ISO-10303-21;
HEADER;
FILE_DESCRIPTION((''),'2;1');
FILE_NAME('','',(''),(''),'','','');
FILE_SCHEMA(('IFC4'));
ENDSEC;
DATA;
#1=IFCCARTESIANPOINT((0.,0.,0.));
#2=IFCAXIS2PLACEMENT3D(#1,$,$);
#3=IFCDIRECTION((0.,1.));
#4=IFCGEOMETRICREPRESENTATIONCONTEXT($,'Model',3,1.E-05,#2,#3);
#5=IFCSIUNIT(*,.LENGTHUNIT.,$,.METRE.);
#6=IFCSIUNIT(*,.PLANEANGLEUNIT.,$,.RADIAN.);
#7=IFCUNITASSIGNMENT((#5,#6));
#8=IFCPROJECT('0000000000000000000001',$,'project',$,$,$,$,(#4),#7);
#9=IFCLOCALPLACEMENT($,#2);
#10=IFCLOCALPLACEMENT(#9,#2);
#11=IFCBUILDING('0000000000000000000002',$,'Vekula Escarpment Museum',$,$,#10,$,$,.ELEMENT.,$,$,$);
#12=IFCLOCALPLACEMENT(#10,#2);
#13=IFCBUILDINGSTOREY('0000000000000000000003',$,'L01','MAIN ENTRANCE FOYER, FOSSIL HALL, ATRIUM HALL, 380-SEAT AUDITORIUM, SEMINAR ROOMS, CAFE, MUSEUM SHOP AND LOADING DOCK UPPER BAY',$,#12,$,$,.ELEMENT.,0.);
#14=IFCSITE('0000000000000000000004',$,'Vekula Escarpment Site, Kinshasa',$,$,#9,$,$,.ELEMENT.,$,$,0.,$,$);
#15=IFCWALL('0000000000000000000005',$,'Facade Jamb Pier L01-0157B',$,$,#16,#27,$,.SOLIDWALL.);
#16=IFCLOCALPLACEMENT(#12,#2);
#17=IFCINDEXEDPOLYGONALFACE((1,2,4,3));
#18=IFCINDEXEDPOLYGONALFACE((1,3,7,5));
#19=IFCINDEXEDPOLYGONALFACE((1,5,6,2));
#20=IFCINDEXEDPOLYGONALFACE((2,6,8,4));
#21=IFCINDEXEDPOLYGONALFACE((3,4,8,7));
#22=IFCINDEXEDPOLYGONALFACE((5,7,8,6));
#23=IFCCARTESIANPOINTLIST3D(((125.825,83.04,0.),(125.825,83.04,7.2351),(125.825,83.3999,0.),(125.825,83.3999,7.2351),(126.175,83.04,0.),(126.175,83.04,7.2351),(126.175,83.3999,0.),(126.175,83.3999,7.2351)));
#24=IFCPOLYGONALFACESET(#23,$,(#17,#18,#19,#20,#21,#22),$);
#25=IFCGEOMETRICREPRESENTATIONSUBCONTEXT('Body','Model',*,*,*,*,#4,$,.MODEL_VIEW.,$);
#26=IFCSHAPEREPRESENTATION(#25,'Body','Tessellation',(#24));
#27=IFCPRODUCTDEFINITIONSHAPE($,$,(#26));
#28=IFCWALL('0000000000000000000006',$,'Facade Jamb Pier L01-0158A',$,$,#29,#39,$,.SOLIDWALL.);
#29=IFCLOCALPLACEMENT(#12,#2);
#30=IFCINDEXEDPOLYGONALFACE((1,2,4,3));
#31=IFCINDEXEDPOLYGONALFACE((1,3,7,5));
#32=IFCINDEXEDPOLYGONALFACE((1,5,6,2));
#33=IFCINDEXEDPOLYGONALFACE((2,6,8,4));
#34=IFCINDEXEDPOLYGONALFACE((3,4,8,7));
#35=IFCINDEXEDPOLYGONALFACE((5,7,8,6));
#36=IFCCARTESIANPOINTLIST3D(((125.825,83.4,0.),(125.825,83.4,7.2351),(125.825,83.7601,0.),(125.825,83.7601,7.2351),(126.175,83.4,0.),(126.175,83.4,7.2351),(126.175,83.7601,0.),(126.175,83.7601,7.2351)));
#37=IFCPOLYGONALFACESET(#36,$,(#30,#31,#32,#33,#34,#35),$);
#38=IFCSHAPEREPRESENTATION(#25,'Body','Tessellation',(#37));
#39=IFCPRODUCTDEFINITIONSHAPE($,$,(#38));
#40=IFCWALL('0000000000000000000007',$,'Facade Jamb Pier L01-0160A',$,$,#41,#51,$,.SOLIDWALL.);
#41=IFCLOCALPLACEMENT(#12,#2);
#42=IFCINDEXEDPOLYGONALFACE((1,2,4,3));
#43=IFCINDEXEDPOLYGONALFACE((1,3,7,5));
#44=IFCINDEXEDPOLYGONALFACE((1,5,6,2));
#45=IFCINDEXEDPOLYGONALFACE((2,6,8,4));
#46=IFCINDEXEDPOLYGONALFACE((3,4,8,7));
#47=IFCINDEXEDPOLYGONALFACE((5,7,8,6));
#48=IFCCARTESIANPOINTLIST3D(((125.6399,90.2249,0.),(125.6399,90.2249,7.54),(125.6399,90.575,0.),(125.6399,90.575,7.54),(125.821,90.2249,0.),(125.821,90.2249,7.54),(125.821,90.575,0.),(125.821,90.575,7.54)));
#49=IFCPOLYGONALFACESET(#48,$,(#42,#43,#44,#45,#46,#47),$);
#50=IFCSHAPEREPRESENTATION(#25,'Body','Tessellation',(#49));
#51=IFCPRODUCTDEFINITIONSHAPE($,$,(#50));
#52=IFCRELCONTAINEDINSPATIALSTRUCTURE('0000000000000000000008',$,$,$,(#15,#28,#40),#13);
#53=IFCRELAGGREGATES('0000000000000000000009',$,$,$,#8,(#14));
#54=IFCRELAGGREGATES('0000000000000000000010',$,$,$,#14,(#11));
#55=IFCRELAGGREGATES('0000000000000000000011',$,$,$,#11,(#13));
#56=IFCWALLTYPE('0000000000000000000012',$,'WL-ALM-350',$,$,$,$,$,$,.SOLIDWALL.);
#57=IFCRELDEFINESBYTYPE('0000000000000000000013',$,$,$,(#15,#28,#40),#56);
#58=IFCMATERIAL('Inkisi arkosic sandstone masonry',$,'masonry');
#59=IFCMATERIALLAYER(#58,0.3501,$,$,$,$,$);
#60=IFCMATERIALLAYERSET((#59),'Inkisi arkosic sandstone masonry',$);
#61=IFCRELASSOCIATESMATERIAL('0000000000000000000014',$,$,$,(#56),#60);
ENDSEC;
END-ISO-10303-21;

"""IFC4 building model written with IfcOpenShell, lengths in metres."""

from ifc_helpers import new_model, si_unit, direction, frame, frame_2d, origin, place, context, subcontext, project, spatial, rectangle, extrude, material, layer, layer_set, type_object, element, save


model = new_model("IFC4")

# Units and contexts
model_context = context("Model", 3, precision=1e-05, world=origin(), true_north=direction((0.0, 1.0)))
body_context = subcontext(model_context, "Body", "Model", "MODEL_VIEW")
ifc_project = project(units=[si_unit("LENGTHUNIT", "METRE"), si_unit("PLANEANGLEUNIT", "RADIAN")], contexts=[model_context])

# Site, building, storey
site_placement = place(None, origin())
site = spatial("IfcSite", under=ifc_project, at=site_placement, Name="Vekula Escarpment Site, Kinshasa", CompositionType="ELEMENT", RefElevation=0.0)
building_placement = place(site_placement, origin())
building = spatial("IfcBuilding", under=site, at=building_placement, Name="Vekula Escarpment Museum", CompositionType="ELEMENT")
storey_placement = place(building_placement, origin())
storey = spatial("IfcBuildingStorey", under=building, at=storey_placement, Name="L01", Description="MAIN ENTRANCE FOYER, FOSSIL HALL, ATRIUM HALL, 380-SEAT AUDITORIUM, SEMINAR ROOMS, CAFE, MUSEUM SHOP AND LOADING DOCK UPPER BAY", CompositionType="ELEMENT", Elevation=0.0)

# Walls
ifc_material_1 = material(Name="Inkisi arkosic sandstone masonry", Category="masonry")
ifc_layer_1 = layer(ifc_material_1, 0.3501)
ifc_layer_set_1 = layer_set([ifc_layer_1], Name="Inkisi arkosic sandstone masonry")
wall_type = type_object("IfcWallType", Name="WL-ALM-350", PredefinedType="SOLIDWALL", material=ifc_layer_set_1)
wall_1_placement = place(storey_placement, frame((126.0, 83.04, 0.0), z_axis=(0.0, 0.0, 1.0), x_axis=(0.0, 1.0, 0.0)))
element("IfcWall", 1, at=wall_1_placement, inside=storey, type_object=wall_type, Name="Facade Jamb Pier L01-0157B", PredefinedType="SOLIDWALL", context=body_context, shape_type="SweptSolid", body=[
    extrude(rectangle(XDim=0.3599, YDim=0.3501, at=frame_2d((0.1799, 0.0))), origin(), (0.0, 0.0, 1.0), 7.2351),
])
wall_2_placement = place(storey_placement, frame((126.0, 83.3999, 0.0), z_axis=(0.0, 0.0, 1.0), x_axis=(0.0, 1.0, 0.0)))
element("IfcWall", 2, at=wall_2_placement, inside=storey, type_object=wall_type, Name="Facade Jamb Pier L01-0158A", PredefinedType="SOLIDWALL", context=body_context, shape_type="SweptSolid", body=[
    extrude(rectangle(XDim=0.3601, YDim=0.3501, at=frame_2d((0.1802, 0.0))), origin(), (0.0, 0.0, 1.0), 7.2351),
])
wall_3_placement = place(storey_placement, frame((125.821, 90.3999, 0.0), z_axis=(0.0, 0.0, 1.0), x_axis=(-1.0, 0.0, 0.0)))
element("IfcWall", 3, at=wall_3_placement, inside=storey, type_object=wall_type, Name="Facade Jamb Pier L01-0160A", PredefinedType="SOLIDWALL", context=body_context, shape_type="SweptSolid", body=[
    extrude(rectangle(XDim=0.1812, YDim=0.3501, at=frame_2d((0.0906, 0.0))), origin(), (0.0, 0.0, 1.0), 7.54),
])

save(model, "model.ifc")
